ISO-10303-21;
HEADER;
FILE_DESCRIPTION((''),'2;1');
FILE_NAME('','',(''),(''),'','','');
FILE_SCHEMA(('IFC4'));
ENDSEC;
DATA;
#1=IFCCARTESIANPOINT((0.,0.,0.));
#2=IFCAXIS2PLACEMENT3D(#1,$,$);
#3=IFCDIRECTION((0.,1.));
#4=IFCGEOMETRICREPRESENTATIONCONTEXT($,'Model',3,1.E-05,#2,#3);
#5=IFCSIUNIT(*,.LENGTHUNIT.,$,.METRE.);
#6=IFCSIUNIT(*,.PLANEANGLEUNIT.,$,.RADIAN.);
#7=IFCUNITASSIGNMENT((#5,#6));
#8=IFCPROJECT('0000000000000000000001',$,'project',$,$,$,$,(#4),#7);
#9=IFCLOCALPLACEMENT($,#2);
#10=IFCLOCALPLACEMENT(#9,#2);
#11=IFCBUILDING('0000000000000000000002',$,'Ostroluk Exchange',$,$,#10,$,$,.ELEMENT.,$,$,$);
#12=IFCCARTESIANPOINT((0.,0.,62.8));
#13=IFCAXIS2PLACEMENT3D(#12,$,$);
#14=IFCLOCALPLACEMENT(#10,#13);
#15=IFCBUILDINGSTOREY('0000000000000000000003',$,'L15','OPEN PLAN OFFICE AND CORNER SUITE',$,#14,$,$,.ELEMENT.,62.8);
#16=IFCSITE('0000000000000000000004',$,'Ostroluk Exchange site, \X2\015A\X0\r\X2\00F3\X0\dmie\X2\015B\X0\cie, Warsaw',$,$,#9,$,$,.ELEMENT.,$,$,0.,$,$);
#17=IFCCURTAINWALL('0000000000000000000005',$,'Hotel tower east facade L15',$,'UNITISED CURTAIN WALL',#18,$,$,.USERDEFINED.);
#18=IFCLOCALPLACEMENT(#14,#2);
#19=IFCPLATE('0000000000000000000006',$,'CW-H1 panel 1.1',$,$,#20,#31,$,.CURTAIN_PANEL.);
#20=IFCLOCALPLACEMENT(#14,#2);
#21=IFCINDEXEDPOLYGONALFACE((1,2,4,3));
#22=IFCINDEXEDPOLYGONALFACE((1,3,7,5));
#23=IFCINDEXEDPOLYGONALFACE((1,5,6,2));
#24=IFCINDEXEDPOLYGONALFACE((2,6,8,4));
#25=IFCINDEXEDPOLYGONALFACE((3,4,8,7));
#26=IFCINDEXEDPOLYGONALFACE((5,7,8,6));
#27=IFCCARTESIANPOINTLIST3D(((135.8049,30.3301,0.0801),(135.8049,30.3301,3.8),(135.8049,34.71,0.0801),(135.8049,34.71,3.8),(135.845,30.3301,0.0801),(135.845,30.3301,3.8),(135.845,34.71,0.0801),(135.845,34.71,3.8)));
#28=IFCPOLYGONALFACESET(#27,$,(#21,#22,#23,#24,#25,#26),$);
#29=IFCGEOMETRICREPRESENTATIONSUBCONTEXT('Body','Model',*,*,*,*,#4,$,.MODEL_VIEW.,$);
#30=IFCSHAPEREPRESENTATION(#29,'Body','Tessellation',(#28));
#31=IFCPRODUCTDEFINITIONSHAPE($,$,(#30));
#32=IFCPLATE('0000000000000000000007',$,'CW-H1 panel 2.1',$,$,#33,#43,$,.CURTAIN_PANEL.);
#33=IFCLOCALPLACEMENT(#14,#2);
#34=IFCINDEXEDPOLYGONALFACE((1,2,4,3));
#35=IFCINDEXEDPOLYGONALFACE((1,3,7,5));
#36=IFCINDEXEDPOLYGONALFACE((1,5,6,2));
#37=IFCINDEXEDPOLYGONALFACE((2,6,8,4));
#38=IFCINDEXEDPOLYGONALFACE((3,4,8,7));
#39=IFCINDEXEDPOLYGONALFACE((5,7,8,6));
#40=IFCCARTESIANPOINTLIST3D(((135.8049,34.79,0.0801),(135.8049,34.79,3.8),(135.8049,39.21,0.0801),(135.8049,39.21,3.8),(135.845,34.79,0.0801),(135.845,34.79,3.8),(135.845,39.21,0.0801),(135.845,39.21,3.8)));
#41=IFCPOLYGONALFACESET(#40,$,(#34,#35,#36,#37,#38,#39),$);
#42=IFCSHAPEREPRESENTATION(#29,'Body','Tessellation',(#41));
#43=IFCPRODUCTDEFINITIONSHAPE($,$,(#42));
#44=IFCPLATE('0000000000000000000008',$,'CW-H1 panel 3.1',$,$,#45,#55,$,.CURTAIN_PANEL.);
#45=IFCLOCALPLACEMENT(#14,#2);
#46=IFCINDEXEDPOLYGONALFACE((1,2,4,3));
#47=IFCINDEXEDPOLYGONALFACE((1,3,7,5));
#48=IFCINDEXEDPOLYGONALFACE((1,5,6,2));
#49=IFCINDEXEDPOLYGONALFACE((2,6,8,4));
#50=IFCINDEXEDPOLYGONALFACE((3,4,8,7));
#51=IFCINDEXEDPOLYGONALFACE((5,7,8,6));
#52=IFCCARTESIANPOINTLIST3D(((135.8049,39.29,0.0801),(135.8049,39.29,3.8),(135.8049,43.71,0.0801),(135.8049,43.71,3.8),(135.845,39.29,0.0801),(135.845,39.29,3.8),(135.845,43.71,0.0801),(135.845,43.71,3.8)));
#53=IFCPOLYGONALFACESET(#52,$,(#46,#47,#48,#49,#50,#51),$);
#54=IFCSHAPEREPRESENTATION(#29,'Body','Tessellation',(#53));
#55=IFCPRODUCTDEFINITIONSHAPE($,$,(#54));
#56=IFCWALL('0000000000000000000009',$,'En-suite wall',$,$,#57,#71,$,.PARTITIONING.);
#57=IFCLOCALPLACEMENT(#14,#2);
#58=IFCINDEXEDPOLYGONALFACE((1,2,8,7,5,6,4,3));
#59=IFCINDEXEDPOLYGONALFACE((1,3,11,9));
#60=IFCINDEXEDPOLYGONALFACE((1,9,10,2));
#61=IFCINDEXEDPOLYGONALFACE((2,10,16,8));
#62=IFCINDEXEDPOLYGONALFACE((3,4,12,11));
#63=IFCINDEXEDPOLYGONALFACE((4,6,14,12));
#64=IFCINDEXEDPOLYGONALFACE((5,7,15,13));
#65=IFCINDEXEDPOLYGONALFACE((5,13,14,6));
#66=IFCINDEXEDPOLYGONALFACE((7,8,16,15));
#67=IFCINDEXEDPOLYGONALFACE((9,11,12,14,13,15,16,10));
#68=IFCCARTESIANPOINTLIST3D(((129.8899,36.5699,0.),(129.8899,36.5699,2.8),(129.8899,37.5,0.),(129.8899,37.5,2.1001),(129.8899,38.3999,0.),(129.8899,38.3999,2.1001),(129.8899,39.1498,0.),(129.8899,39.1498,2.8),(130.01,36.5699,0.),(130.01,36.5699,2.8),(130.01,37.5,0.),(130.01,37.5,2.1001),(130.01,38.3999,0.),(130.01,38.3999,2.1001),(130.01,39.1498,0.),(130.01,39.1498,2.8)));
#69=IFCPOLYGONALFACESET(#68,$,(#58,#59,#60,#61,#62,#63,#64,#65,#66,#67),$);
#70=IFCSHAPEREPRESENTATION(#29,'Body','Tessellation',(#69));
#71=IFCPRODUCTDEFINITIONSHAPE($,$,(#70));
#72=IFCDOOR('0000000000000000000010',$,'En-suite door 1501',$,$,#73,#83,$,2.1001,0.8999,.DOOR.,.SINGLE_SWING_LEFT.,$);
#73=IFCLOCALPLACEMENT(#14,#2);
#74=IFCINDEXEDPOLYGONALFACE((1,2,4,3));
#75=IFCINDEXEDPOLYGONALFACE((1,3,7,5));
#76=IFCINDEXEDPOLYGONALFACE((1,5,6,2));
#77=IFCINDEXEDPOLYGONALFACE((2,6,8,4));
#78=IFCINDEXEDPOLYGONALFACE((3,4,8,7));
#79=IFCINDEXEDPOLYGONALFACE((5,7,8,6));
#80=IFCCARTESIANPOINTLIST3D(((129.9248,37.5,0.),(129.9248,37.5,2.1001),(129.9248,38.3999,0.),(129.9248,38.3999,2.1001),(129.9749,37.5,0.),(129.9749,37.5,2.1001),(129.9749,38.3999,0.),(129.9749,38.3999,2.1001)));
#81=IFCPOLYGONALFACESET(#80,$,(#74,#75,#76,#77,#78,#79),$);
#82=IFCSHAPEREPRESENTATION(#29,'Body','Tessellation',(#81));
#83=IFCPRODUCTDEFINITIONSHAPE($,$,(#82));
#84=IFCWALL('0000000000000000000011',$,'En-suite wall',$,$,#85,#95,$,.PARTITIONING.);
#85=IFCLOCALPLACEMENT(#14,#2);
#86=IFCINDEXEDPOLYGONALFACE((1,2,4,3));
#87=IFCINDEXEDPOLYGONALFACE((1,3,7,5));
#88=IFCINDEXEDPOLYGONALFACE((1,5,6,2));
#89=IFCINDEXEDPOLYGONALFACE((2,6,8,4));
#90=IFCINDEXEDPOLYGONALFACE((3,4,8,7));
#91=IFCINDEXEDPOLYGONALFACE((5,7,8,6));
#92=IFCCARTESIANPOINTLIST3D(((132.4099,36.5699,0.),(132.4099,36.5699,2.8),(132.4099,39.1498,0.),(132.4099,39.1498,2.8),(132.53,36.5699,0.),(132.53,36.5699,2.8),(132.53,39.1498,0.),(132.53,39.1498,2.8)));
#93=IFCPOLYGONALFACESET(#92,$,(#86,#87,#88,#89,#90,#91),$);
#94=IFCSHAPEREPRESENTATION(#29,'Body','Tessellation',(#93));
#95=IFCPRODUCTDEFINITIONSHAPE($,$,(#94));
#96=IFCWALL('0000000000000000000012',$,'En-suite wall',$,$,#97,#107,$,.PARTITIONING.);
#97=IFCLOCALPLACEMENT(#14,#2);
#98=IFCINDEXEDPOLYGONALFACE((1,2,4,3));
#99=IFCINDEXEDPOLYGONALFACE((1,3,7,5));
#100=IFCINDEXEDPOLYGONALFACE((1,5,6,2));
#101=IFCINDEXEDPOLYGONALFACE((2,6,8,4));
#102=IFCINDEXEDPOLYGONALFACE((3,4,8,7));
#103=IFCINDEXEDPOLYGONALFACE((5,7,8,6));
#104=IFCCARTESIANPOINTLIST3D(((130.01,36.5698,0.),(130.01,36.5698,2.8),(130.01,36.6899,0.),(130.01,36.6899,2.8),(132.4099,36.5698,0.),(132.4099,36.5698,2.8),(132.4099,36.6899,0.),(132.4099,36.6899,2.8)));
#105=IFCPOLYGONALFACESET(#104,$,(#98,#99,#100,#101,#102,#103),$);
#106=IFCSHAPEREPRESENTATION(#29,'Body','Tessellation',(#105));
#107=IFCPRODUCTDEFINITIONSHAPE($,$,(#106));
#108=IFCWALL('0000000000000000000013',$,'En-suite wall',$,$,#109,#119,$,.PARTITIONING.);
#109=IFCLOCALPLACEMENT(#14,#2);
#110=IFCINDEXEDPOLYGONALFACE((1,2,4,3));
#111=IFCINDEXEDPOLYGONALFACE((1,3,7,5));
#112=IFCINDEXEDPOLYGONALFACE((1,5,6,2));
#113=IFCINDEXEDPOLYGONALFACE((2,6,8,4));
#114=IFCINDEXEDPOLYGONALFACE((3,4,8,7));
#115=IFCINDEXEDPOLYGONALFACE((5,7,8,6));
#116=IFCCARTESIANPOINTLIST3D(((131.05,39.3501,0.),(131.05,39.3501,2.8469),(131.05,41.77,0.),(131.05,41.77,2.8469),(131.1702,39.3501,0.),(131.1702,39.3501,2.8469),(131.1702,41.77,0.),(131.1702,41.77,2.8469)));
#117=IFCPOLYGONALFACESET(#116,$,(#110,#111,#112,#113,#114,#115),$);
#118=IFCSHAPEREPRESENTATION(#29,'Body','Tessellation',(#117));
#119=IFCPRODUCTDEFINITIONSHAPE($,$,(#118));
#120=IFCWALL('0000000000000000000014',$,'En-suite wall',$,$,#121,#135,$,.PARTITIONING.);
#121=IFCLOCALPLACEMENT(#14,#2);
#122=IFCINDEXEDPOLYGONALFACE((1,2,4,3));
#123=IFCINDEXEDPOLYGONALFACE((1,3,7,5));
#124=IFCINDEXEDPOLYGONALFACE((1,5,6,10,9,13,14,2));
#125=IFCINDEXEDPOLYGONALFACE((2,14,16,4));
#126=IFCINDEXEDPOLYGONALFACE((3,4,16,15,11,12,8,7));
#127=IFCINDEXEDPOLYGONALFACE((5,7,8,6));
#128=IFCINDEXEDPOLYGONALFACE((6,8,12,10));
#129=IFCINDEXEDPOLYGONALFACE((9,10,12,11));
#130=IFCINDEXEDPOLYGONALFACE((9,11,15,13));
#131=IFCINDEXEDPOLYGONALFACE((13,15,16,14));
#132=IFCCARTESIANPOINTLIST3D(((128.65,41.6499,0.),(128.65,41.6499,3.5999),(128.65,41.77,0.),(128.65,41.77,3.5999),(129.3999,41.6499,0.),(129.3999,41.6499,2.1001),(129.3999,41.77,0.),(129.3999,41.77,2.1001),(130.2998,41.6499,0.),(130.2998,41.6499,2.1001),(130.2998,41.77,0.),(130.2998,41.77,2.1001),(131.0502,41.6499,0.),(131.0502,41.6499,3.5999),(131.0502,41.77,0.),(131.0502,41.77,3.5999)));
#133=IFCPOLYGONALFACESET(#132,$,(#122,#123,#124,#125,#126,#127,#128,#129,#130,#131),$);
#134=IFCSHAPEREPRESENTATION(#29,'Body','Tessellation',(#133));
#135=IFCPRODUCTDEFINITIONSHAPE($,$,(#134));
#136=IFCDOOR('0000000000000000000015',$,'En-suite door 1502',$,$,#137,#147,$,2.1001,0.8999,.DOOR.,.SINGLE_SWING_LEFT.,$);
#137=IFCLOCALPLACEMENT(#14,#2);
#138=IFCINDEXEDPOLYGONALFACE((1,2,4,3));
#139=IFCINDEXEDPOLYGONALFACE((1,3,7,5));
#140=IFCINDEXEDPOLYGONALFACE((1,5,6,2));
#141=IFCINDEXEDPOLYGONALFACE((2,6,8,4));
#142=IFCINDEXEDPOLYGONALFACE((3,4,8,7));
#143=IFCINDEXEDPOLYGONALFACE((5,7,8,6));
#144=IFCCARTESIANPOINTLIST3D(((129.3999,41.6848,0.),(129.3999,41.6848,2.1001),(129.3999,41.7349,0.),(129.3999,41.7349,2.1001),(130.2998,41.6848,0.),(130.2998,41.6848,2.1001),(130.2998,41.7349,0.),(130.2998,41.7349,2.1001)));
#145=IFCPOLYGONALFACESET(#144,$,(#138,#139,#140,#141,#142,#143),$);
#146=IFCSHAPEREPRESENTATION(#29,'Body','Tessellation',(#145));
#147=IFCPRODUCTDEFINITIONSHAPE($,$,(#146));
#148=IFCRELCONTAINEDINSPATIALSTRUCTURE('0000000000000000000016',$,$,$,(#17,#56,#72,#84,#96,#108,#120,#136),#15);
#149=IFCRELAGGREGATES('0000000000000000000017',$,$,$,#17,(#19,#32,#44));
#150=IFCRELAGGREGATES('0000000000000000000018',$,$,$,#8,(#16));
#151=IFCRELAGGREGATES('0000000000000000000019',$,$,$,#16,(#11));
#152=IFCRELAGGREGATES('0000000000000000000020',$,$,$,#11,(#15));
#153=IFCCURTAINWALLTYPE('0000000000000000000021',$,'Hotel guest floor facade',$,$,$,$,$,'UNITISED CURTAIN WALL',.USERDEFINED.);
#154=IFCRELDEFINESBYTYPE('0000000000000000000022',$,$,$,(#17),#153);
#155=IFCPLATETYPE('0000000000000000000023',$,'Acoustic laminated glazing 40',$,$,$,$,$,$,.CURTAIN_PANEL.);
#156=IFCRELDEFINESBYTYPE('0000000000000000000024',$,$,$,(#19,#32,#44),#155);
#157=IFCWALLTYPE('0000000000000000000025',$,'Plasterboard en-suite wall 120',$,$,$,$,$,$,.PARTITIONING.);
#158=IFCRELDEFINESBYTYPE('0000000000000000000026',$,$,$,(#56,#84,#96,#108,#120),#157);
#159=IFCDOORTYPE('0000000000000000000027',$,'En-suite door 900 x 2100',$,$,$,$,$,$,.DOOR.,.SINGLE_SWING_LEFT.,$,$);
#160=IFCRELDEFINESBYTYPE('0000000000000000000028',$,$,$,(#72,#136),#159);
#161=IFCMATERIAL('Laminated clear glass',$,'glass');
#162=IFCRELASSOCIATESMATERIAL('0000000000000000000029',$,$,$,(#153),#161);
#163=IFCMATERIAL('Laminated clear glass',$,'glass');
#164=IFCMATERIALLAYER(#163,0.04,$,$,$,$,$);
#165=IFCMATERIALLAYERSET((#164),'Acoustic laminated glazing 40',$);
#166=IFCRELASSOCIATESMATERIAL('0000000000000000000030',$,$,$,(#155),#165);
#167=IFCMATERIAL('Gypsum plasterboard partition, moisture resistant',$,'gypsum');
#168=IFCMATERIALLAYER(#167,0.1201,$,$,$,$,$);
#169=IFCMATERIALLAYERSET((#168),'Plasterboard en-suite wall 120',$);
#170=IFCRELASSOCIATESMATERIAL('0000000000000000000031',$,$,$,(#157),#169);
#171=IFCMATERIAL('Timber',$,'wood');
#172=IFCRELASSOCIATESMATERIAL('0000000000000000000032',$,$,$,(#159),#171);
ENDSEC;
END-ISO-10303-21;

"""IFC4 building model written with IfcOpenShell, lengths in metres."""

from ifc_helpers import new_model, si_unit, direction, frame, frame_2d, origin, origin_2d, place, context, subcontext, project, spatial, rectangle, extrude, material, layer, layer_set, type_object, element, fill, aggregate, save


model = new_model("IFC4")

# Units and contexts
model_context = context("Model", 3, precision=1e-05, world=origin(), true_north=direction((0.0, 1.0)))
body_context = subcontext(model_context, "Body", "Model", "MODEL_VIEW")
ifc_project = project(units=[si_unit("LENGTHUNIT", "METRE"), si_unit("PLANEANGLEUNIT", "RADIAN")], contexts=[model_context])

# Site, building, storey
site_placement = place(None, origin())
site = spatial("IfcSite", under=ifc_project, at=site_placement, Name="Ostroluk Exchange site, Śródmieście, Warsaw", CompositionType="ELEMENT", RefElevation=0.0)
building_placement = place(site_placement, origin())
building = spatial("IfcBuilding", under=site, at=building_placement, Name="Ostroluk Exchange", CompositionType="ELEMENT")
storey_placement = place(building_placement, frame((0.0, 0.0, 62.8)))
storey = spatial("IfcBuildingStorey", under=building, at=storey_placement, Name="L15", Description="OPEN PLAN OFFICE AND CORNER SUITE", CompositionType="ELEMENT", Elevation=62.8)

# Curtain wall, plates
ifc_material_1 = material(Name="Laminated clear glass", Category="glass")
curtain_wall_type = type_object("IfcCurtainWallType", Name="Hotel guest floor facade", ElementType="UNITISED CURTAIN WALL", PredefinedType="USERDEFINED", material=ifc_material_1)
curtain_wall_placement = place(storey_placement, origin())
curtain_wall = element("IfcCurtainWall", 1, at=curtain_wall_placement, inside=storey, type_object=curtain_wall_type, Name="Hotel tower east facade L15", ObjectType="UNITISED CURTAIN WALL", PredefinedType="USERDEFINED")
ifc_material_2 = material(Name="Laminated clear glass", Category="glass")
ifc_layer_1 = layer(ifc_material_2, 0.04)
ifc_layer_set_1 = layer_set([ifc_layer_1], Name="Acoustic laminated glazing 40")
plate_type = type_object("IfcPlateType", Name="Acoustic laminated glazing 40", PredefinedType="CURTAIN_PANEL", material=ifc_layer_set_1)
plate_1_placement = place(storey_placement, frame((135.825, 32.52, 0.0801), z_axis=(0.0, 0.0, 1.0), x_axis=(0.0, 1.0, 0.0)))
plate_1 = element("IfcPlate", 2, at=plate_1_placement, type_object=plate_type, Name="CW-H1 panel 1.1", PredefinedType="CURTAIN_PANEL", context=body_context, shape_type="SweptSolid", body=[
    extrude(rectangle(XDim=4.3799, YDim=0.04, at=origin_2d()), origin(), (0.0, 0.0, 1.0), 3.72),
])
plate_2_placement = place(storey_placement, frame((135.825, 37.0, 0.0801), z_axis=(0.0, 0.0, 1.0), x_axis=(0.0, 1.0, 0.0)))
plate_2 = element("IfcPlate", 3, at=plate_2_placement, type_object=plate_type, Name="CW-H1 panel 2.1", PredefinedType="CURTAIN_PANEL", context=body_context, shape_type="SweptSolid", body=[
    extrude(rectangle(XDim=4.4199, YDim=0.04, at=origin_2d()), origin(), (0.0, 0.0, 1.0), 3.72),
])
plate_3_placement = place(storey_placement, frame((135.825, 41.5, 0.0801), z_axis=(0.0, 0.0, 1.0), x_axis=(0.0, 1.0, 0.0)))
plate_3 = element("IfcPlate", 4, at=plate_3_placement, type_object=plate_type, Name="CW-H1 panel 3.1", PredefinedType="CURTAIN_PANEL", context=body_context, shape_type="SweptSolid", body=[
    extrude(rectangle(XDim=4.4199, YDim=0.04, at=origin_2d()), origin(), (0.0, 0.0, 1.0), 3.72),
])
aggregate(curtain_wall, [plate_1, plate_2, plate_3])

# Wall, opening, door
ifc_material_3 = material(Name="Gypsum plasterboard partition, moisture resistant", Category="gypsum")
ifc_layer_2 = layer(ifc_material_3, 0.1201)
ifc_layer_set_2 = layer_set([ifc_layer_2], Name="Plasterboard en-suite wall 120")
wall_type_1 = type_object("IfcWallType", Name="Plasterboard en-suite wall 120", PredefinedType="PARTITIONING", material=ifc_layer_set_2)
wall_1_placement = place(storey_placement, frame((129.95, 39.1499, 0.0), z_axis=(0.0, 0.0, 1.0), x_axis=(0.0, -1.0, 0.0)))
wall_1 = element("IfcWall", 5, at=wall_1_placement, inside=storey, type_object=wall_type_1, Name="En-suite wall", PredefinedType="PARTITIONING", context=body_context, shape_type="SweptSolid", body=[
    extrude(rectangle(XDim=2.5798, YDim=0.1201, at=frame_2d((1.29, 0.0))), origin(), (0.0, 0.0, 1.0), 2.8),
])
opening_1_placement = place(wall_1_placement, frame((0.75, 0.0, 0.0)))
opening_1 = element("IfcOpeningElement", 6, at=opening_1_placement, cuts=wall_1, PredefinedType="OPENING", context=body_context, shape_type="SweptSolid", body=[
    extrude(rectangle(XDim=0.8999, YDim=2.1001, at=frame_2d((0.45, 1.05))), frame((0.0, 0.0701, 0.0), z_axis=(0.0, -1.0, 0.0), x_axis=(1.0, 0.0, 0.0)), (0.0, 0.0, 1.0), 0.1401),
])
ifc_material_4 = material(Name="Timber", Category="wood")
door_type_1 = type_object("IfcDoorType", Name="En-suite door 900 x 2100", OperationType="SINGLE_SWING_LEFT", PredefinedType="DOOR", material=ifc_material_4)
door_1_placement = place(opening_1_placement, origin())
door_1 = element("IfcDoor", 7, at=door_1_placement, inside=storey, type_object=door_type_1, Name="En-suite door 1501", OperationType="SINGLE_SWING_LEFT", OverallHeight=2.1001, OverallWidth=0.8999, PredefinedType="DOOR", context=body_context, shape_type="SweptSolid", body=[
    extrude(rectangle(XDim=0.8999, YDim=2.1001, at=frame_2d((0.45, 1.05))), frame((0.0, 0.0249, 0.0), z_axis=(0.0, -1.0, 0.0), x_axis=(1.0, 0.0, 0.0)), (0.0, 0.0, 1.0), 0.05),
])
fill(opening_1, door_1)

# Walls
wall_2_placement = place(storey_placement, frame((132.47, 39.1499, 0.0), z_axis=(0.0, 0.0, 1.0), x_axis=(0.0, -1.0, 0.0)))
element("IfcWall", 8, at=wall_2_placement, inside=storey, type_object=wall_type_1, Name="En-suite wall", PredefinedType="PARTITIONING", context=body_context, shape_type="SweptSolid", body=[
    extrude(rectangle(XDim=2.5798, YDim=0.1201, at=frame_2d((1.29, 0.0))), origin(), (0.0, 0.0, 1.0), 2.8),
])
wall_3_placement = place(storey_placement, frame((130.01, 36.6299, 0.0), z_axis=(0.0, 0.0, 1.0), x_axis=(1.0, 0.0, 0.0)))
element("IfcWall", 9, at=wall_3_placement, inside=storey, type_object=wall_type_1, Name="En-suite wall", PredefinedType="PARTITIONING", context=body_context, shape_type="SweptSolid", body=[
    extrude(rectangle(XDim=2.3999, YDim=0.1201, at=frame_2d((1.2, 0.0))), origin(), (0.0, 0.0, 1.0), 2.8),
])
wall_4_placement = place(storey_placement, frame((131.1101, 39.3501, 0.0), z_axis=(0.0, 0.0, 1.0), x_axis=(0.0, 1.0, 0.0)))
element("IfcWall", 10, at=wall_4_placement, inside=storey, type_object=wall_type_1, Name="En-suite wall", PredefinedType="PARTITIONING", context=body_context, shape_type="SweptSolid", body=[
    extrude(rectangle(XDim=2.4199, YDim=0.1201, at=frame_2d((1.21, 0.0))), origin(), (0.0, 0.0, 1.0), 2.8469),
])

# Wall, opening, door
wall_5_placement = place(storey_placement, frame((128.6499, 41.71, 0.0), z_axis=(0.0, 0.0, 1.0), x_axis=(1.0, 0.0, 0.0)))
wall_5 = element("IfcWall", 11, at=wall_5_placement, inside=storey, type_object=wall_type_1, Name="En-suite wall", PredefinedType="PARTITIONING", context=body_context, shape_type="SweptSolid", body=[
    extrude(rectangle(XDim=2.4001, YDim=0.1201, at=frame_2d((1.2002, 0.0))), origin(), (0.0, 0.0, 1.0), 3.5999),
])
opening_2_placement = place(wall_5_placement, frame((0.75, 0.0, 0.0)))
opening_2 = element("IfcOpeningElement", 12, at=opening_2_placement, cuts=wall_5, PredefinedType="OPENING", context=body_context, shape_type="SweptSolid", body=[
    extrude(rectangle(XDim=0.8999, YDim=2.1001, at=frame_2d((0.45, 1.05))), frame((0.0, 0.0701, 0.0), z_axis=(0.0, -1.0, 0.0), x_axis=(1.0, 0.0, 0.0)), (0.0, 0.0, 1.0), 0.1401),
])
door_2_placement = place(opening_2_placement, origin())
door_2 = element("IfcDoor", 13, at=door_2_placement, inside=storey, type_object=door_type_1, Name="En-suite door 1502", OperationType="SINGLE_SWING_LEFT", OverallHeight=2.1001, OverallWidth=0.8999, PredefinedType="DOOR", context=body_context, shape_type="SweptSolid", body=[
    extrude(rectangle(XDim=0.8999, YDim=2.1001, at=frame_2d((0.45, 1.05))), frame((0.0, 0.0249, 0.0), z_axis=(0.0, -1.0, 0.0), x_axis=(1.0, 0.0, 0.0)), (0.0, 0.0, 1.0), 0.05),
])
fill(opening_2, door_2)

save(model, "model.ifc")
